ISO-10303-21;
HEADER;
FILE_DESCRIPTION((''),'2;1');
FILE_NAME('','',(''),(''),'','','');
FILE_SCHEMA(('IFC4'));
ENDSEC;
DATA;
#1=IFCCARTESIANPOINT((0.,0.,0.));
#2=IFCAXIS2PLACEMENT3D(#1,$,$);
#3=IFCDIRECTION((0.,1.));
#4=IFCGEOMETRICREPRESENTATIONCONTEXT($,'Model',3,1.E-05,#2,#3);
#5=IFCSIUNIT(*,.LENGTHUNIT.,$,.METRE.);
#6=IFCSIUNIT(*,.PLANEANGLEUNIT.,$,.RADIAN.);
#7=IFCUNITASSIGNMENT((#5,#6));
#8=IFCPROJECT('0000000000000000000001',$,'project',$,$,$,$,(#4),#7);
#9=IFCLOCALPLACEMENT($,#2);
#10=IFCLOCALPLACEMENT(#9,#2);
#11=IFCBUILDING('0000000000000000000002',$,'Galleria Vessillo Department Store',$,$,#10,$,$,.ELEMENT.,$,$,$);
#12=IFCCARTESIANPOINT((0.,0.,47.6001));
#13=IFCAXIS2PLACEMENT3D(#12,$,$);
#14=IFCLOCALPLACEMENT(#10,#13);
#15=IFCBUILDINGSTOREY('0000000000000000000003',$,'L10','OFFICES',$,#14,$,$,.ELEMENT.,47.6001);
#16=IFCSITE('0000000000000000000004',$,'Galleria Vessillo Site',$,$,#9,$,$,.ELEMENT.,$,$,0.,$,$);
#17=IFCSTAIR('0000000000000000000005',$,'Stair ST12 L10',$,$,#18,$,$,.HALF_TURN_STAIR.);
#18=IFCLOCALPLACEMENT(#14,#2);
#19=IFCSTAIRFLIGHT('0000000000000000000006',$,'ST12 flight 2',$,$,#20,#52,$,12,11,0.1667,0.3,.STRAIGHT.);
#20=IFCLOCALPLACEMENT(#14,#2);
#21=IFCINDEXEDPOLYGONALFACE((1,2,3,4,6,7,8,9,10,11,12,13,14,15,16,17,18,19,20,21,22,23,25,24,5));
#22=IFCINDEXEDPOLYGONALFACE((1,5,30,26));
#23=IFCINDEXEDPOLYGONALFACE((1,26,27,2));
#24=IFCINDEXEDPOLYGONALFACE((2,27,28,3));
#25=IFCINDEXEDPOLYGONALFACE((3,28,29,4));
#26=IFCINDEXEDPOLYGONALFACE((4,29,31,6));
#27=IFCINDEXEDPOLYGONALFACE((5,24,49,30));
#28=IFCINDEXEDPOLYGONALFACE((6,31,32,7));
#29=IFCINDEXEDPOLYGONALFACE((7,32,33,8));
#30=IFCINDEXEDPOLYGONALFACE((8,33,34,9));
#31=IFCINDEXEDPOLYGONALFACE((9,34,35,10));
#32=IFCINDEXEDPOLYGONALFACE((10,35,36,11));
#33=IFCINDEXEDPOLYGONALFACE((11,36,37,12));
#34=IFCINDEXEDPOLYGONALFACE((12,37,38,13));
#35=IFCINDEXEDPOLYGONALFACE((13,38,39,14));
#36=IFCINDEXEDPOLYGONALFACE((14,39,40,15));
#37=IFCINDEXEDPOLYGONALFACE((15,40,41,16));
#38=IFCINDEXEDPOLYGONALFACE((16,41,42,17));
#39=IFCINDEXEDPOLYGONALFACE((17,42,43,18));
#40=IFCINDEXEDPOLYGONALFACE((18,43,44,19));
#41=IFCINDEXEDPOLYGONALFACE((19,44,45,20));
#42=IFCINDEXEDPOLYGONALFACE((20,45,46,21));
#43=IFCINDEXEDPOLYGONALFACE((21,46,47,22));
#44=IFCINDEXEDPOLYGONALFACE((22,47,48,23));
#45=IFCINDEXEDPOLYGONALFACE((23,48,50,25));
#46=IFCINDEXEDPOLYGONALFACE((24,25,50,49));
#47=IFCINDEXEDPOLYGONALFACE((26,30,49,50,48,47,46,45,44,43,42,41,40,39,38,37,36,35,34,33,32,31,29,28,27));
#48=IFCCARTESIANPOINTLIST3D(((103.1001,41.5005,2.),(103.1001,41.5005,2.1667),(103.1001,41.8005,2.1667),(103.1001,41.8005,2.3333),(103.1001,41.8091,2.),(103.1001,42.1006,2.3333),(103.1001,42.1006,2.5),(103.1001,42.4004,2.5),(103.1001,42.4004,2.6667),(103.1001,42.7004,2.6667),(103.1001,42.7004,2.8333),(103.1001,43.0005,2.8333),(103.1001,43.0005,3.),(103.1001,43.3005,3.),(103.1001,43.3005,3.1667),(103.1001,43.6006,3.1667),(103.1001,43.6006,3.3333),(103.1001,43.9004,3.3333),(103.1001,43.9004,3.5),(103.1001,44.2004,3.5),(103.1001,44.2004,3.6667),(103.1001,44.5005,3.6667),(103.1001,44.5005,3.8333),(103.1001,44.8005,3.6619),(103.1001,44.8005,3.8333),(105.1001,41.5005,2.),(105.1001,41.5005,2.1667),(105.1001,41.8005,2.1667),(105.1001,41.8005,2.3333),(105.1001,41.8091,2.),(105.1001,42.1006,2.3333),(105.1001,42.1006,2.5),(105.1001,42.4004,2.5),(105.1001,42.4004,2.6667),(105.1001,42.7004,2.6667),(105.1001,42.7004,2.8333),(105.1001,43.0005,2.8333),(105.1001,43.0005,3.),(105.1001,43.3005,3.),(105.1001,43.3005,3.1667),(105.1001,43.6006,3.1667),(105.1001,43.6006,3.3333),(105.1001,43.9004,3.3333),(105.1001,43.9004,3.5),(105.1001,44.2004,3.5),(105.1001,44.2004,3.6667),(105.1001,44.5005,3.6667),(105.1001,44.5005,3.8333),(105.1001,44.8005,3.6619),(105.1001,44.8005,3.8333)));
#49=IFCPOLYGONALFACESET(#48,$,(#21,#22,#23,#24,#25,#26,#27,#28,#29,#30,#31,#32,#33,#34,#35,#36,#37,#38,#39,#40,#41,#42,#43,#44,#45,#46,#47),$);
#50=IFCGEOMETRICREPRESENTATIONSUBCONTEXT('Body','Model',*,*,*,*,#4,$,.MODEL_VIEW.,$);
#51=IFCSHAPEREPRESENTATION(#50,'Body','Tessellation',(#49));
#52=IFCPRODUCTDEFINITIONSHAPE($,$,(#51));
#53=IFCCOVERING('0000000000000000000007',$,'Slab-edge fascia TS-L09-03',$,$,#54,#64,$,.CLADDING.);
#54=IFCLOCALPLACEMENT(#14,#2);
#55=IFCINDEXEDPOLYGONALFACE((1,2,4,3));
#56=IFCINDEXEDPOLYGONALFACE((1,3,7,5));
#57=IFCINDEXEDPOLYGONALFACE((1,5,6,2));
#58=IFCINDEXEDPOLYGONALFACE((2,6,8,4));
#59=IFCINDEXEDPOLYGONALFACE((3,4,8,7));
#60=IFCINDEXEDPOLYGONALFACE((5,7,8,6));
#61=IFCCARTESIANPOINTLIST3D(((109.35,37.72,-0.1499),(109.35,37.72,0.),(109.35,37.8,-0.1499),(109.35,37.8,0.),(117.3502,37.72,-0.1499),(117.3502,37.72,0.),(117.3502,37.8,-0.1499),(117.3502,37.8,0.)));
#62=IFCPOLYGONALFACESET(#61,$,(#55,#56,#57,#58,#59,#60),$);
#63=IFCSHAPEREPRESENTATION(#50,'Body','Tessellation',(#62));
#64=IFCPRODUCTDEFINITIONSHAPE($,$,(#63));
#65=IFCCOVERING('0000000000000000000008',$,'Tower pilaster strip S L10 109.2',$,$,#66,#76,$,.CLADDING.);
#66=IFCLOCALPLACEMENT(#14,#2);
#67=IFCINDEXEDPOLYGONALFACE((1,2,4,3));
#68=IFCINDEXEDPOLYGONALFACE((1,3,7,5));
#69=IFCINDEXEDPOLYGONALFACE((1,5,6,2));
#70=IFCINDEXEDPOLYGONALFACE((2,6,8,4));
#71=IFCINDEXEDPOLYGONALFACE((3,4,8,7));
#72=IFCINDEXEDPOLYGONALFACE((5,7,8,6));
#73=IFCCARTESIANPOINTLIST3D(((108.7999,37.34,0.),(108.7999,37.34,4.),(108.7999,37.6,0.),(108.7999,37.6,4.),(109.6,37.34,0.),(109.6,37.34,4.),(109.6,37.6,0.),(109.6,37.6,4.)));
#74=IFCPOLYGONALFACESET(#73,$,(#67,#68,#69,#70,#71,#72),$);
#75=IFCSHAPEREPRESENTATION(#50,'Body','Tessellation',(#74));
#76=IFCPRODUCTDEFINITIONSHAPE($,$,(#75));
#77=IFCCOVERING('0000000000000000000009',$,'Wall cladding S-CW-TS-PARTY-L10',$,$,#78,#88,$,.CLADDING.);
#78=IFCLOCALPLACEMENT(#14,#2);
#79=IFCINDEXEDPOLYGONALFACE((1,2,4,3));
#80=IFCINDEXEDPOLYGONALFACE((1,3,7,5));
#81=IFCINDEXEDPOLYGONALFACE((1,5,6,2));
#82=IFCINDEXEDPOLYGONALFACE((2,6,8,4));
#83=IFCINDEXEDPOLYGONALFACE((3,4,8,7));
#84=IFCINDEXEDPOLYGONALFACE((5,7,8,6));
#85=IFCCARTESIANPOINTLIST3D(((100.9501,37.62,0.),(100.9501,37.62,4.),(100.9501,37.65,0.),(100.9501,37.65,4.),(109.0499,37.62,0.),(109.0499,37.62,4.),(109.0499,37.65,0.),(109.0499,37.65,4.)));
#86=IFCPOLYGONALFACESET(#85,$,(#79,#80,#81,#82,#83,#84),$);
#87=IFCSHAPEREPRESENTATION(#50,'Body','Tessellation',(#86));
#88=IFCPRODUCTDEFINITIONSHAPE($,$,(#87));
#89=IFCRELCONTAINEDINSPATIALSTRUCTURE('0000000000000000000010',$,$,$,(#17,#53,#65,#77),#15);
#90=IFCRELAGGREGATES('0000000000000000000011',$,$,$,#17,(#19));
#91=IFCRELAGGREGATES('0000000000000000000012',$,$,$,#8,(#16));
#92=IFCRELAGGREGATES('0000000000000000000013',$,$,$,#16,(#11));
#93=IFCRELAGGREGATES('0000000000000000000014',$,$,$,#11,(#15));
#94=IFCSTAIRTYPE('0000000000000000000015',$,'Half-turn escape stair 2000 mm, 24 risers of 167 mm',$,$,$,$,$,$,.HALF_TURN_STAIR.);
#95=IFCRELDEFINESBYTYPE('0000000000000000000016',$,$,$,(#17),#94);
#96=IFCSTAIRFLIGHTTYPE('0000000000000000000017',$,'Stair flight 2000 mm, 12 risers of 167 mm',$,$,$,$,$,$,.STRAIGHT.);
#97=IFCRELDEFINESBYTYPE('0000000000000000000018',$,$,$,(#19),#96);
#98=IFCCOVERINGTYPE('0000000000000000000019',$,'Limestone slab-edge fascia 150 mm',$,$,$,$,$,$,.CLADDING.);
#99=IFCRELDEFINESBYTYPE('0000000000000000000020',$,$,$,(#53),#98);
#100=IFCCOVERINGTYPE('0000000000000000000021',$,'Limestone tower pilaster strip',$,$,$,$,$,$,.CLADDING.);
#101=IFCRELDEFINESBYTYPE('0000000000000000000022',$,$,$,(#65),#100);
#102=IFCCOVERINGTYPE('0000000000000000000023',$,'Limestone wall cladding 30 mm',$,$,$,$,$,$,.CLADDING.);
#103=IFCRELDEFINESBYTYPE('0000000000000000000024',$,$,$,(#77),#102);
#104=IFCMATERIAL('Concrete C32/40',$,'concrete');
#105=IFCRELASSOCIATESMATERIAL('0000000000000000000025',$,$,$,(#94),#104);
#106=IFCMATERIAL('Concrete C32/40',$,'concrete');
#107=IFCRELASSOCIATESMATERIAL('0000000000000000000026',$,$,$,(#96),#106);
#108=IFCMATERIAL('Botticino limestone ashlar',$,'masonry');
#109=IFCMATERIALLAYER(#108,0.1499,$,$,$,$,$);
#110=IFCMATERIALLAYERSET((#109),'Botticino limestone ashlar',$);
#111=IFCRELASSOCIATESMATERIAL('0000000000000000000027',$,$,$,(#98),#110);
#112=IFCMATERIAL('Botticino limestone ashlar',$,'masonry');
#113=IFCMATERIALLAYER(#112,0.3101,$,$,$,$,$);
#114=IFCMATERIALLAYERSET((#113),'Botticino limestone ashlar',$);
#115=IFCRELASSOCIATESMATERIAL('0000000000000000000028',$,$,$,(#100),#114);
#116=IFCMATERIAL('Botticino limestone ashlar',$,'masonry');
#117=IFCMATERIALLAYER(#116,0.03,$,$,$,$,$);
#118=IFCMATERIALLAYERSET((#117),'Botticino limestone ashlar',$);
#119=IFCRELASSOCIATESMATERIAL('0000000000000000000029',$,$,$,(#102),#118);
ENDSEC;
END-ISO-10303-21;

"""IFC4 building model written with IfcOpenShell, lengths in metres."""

from ifc_helpers import new_model, si_unit, direction, frame, origin, origin_2d, place, context, subcontext, project, spatial, polyline, rectangle, outline, extrude, material, layer, layer_set, type_object, element, aggregate, save


model = new_model("IFC4")

# Units and contexts
model_context = context("Model", 3, precision=1e-05, world=origin(), true_north=direction((0.0, 1.0)))
body_context = subcontext(model_context, "Body", "Model", "MODEL_VIEW")
ifc_project = project(units=[si_unit("LENGTHUNIT", "METRE"), si_unit("PLANEANGLEUNIT", "RADIAN")], contexts=[model_context])

# Site, building, storey
site_placement = place(None, origin())
site = spatial("IfcSite", under=ifc_project, at=site_placement, Name="Galleria Vessillo Site", CompositionType="ELEMENT", RefElevation=0.0)
building_placement = place(site_placement, origin())
building = spatial("IfcBuilding", under=site, at=building_placement, Name="Galleria Vessillo Department Store", CompositionType="ELEMENT")
storey_placement = place(building_placement, frame((0.0, 0.0, 47.6001)))
storey = spatial("IfcBuildingStorey", under=building, at=storey_placement, Name="L10", Description="OFFICES", CompositionType="ELEMENT", Elevation=47.6001)

# Stair, stair flight
ifc_material_1 = material(Name="Concrete C32/40", Category="concrete")
stair_type = type_object("IfcStairType", Name="Half-turn escape stair 2000 mm, 24 risers of 167 mm", PredefinedType="HALF_TURN_STAIR", material=ifc_material_1)
stair_placement = place(storey_placement, origin())
stair = element("IfcStair", 1, at=stair_placement, inside=storey, type_object=stair_type, Name="Stair ST12 L10", PredefinedType="HALF_TURN_STAIR")
ifc_material_2 = material(Name="Concrete C32/40", Category="concrete")
stair_flight_type = type_object("IfcStairFlightType", Name="Stair flight 2000 mm, 12 risers of 167 mm", PredefinedType="STRAIGHT", material=ifc_material_2)
stair_flight_placement = place(storey_placement, frame((104.1001, 41.5005, 2.0), z_axis=(0.0, 0.0, 1.0), x_axis=(0.0, 1.0, 0.0)))
stair_flight = element("IfcStairFlight", 2, at=stair_flight_placement, type_object=stair_flight_type, Name="ST12 flight 2", NumberOfRisers=12, NumberOfTreads=11, PredefinedType="STRAIGHT", RiserHeight=0.1667, TreadLength=0.3, context=body_context, shape_type="SweptSolid", body=[
    extrude(outline(polyline([(0.0, 0.0), (0.0, 0.1667), (0.3, 0.1667), (0.3, 0.3333), (0.6001, 0.3333), (0.6001, 0.5), (0.8999, 0.5), (0.8999, 0.6667), (1.2, 0.6667), (1.2, 0.8333), (1.5, 0.8333), (1.5, 1.0), (1.8, 1.0), (1.8, 1.1667), (2.1001, 1.1667), (2.1001, 1.3333), (2.3999, 1.3333), (2.3999, 1.5), (2.7, 1.5), (2.7, 1.6667), (3.0, 1.6667), (3.0, 1.8333), (3.3, 1.8333), (3.3, 2.0), (3.3, 1.6619), (0.3086, 0.0), (0.0, 0.0)])), frame((0.0, 1.0, 0.0), z_axis=(0.0, -1.0, 0.0), x_axis=(1.0, 0.0, 0.0)), (0.0, 0.0, 1.0), 2.0),
])
aggregate(stair, [stair_flight])

# Coverings
ifc_material_3 = material(Name="Botticino limestone ashlar", Category="masonry")
ifc_layer_1 = layer(ifc_material_3, 0.1499)
ifc_layer_set_1 = layer_set([ifc_layer_1], Name="Botticino limestone ashlar")
covering_type_1 = type_object("IfcCoveringType", Name="Limestone slab-edge fascia 150 mm", PredefinedType="CLADDING", material=ifc_layer_set_1)
covering_1_placement = place(storey_placement, frame((113.3501, 37.76, -0.1499), z_axis=(0.0, 0.0, 1.0), x_axis=(1.0, 0.0, 0.0)))
element("IfcCovering", 3, at=covering_1_placement, inside=storey, type_object=covering_type_1, Name="Slab-edge fascia TS-L09-03", PredefinedType="CLADDING", context=body_context, shape_type="SweptSolid", body=[
    extrude(rectangle(XDim=8.0002, YDim=0.0801, at=origin_2d()), origin(), (0.0, 0.0, 1.0), 0.1499),
])
ifc_material_4 = material(Name="Botticino limestone ashlar", Category="masonry")
ifc_layer_2 = layer(ifc_material_4, 0.3101)
ifc_layer_set_2 = layer_set([ifc_layer_2], Name="Botticino limestone ashlar")
covering_type_2 = type_object("IfcCoveringType", Name="Limestone tower pilaster strip", PredefinedType="CLADDING", material=ifc_layer_set_2)
covering_2_placement = place(storey_placement, frame((109.2, 37.47, 0.0), z_axis=(0.0, 0.0, 1.0), x_axis=(1.0, 0.0, 0.0)))
element("IfcCovering", 4, at=covering_2_placement, inside=storey, type_object=covering_type_2, Name="Tower pilaster strip S L10 109.2", PredefinedType="CLADDING", context=body_context, shape_type="SweptSolid", body=[
    extrude(rectangle(XDim=0.8, YDim=0.26, at=origin_2d()), origin(), (0.0, 0.0, 1.0), 4.0),
])
ifc_material_5 = material(Name="Botticino limestone ashlar", Category="masonry")
ifc_layer_3 = layer(ifc_material_5, 0.03)
ifc_layer_set_3 = layer_set([ifc_layer_3], Name="Botticino limestone ashlar")
covering_type_3 = type_object("IfcCoveringType", Name="Limestone wall cladding 30 mm", PredefinedType="CLADDING", material=ifc_layer_set_3)
covering_3_placement = place(storey_placement, frame((105.0, 37.635, 0.0), z_axis=(0.0, 0.0, 1.0), x_axis=(1.0, 0.0, 0.0)))
element("IfcCovering", 5, at=covering_3_placement, inside=storey, type_object=covering_type_3, Name="Wall cladding S-CW-TS-PARTY-L10", PredefinedType="CLADDING", context=body_context, shape_type="SweptSolid", body=[
    extrude(rectangle(XDim=8.0999, YDim=0.03, at=origin_2d()), origin(), (0.0, 0.0, 1.0), 4.0),
])

save(model, "model.ifc")
